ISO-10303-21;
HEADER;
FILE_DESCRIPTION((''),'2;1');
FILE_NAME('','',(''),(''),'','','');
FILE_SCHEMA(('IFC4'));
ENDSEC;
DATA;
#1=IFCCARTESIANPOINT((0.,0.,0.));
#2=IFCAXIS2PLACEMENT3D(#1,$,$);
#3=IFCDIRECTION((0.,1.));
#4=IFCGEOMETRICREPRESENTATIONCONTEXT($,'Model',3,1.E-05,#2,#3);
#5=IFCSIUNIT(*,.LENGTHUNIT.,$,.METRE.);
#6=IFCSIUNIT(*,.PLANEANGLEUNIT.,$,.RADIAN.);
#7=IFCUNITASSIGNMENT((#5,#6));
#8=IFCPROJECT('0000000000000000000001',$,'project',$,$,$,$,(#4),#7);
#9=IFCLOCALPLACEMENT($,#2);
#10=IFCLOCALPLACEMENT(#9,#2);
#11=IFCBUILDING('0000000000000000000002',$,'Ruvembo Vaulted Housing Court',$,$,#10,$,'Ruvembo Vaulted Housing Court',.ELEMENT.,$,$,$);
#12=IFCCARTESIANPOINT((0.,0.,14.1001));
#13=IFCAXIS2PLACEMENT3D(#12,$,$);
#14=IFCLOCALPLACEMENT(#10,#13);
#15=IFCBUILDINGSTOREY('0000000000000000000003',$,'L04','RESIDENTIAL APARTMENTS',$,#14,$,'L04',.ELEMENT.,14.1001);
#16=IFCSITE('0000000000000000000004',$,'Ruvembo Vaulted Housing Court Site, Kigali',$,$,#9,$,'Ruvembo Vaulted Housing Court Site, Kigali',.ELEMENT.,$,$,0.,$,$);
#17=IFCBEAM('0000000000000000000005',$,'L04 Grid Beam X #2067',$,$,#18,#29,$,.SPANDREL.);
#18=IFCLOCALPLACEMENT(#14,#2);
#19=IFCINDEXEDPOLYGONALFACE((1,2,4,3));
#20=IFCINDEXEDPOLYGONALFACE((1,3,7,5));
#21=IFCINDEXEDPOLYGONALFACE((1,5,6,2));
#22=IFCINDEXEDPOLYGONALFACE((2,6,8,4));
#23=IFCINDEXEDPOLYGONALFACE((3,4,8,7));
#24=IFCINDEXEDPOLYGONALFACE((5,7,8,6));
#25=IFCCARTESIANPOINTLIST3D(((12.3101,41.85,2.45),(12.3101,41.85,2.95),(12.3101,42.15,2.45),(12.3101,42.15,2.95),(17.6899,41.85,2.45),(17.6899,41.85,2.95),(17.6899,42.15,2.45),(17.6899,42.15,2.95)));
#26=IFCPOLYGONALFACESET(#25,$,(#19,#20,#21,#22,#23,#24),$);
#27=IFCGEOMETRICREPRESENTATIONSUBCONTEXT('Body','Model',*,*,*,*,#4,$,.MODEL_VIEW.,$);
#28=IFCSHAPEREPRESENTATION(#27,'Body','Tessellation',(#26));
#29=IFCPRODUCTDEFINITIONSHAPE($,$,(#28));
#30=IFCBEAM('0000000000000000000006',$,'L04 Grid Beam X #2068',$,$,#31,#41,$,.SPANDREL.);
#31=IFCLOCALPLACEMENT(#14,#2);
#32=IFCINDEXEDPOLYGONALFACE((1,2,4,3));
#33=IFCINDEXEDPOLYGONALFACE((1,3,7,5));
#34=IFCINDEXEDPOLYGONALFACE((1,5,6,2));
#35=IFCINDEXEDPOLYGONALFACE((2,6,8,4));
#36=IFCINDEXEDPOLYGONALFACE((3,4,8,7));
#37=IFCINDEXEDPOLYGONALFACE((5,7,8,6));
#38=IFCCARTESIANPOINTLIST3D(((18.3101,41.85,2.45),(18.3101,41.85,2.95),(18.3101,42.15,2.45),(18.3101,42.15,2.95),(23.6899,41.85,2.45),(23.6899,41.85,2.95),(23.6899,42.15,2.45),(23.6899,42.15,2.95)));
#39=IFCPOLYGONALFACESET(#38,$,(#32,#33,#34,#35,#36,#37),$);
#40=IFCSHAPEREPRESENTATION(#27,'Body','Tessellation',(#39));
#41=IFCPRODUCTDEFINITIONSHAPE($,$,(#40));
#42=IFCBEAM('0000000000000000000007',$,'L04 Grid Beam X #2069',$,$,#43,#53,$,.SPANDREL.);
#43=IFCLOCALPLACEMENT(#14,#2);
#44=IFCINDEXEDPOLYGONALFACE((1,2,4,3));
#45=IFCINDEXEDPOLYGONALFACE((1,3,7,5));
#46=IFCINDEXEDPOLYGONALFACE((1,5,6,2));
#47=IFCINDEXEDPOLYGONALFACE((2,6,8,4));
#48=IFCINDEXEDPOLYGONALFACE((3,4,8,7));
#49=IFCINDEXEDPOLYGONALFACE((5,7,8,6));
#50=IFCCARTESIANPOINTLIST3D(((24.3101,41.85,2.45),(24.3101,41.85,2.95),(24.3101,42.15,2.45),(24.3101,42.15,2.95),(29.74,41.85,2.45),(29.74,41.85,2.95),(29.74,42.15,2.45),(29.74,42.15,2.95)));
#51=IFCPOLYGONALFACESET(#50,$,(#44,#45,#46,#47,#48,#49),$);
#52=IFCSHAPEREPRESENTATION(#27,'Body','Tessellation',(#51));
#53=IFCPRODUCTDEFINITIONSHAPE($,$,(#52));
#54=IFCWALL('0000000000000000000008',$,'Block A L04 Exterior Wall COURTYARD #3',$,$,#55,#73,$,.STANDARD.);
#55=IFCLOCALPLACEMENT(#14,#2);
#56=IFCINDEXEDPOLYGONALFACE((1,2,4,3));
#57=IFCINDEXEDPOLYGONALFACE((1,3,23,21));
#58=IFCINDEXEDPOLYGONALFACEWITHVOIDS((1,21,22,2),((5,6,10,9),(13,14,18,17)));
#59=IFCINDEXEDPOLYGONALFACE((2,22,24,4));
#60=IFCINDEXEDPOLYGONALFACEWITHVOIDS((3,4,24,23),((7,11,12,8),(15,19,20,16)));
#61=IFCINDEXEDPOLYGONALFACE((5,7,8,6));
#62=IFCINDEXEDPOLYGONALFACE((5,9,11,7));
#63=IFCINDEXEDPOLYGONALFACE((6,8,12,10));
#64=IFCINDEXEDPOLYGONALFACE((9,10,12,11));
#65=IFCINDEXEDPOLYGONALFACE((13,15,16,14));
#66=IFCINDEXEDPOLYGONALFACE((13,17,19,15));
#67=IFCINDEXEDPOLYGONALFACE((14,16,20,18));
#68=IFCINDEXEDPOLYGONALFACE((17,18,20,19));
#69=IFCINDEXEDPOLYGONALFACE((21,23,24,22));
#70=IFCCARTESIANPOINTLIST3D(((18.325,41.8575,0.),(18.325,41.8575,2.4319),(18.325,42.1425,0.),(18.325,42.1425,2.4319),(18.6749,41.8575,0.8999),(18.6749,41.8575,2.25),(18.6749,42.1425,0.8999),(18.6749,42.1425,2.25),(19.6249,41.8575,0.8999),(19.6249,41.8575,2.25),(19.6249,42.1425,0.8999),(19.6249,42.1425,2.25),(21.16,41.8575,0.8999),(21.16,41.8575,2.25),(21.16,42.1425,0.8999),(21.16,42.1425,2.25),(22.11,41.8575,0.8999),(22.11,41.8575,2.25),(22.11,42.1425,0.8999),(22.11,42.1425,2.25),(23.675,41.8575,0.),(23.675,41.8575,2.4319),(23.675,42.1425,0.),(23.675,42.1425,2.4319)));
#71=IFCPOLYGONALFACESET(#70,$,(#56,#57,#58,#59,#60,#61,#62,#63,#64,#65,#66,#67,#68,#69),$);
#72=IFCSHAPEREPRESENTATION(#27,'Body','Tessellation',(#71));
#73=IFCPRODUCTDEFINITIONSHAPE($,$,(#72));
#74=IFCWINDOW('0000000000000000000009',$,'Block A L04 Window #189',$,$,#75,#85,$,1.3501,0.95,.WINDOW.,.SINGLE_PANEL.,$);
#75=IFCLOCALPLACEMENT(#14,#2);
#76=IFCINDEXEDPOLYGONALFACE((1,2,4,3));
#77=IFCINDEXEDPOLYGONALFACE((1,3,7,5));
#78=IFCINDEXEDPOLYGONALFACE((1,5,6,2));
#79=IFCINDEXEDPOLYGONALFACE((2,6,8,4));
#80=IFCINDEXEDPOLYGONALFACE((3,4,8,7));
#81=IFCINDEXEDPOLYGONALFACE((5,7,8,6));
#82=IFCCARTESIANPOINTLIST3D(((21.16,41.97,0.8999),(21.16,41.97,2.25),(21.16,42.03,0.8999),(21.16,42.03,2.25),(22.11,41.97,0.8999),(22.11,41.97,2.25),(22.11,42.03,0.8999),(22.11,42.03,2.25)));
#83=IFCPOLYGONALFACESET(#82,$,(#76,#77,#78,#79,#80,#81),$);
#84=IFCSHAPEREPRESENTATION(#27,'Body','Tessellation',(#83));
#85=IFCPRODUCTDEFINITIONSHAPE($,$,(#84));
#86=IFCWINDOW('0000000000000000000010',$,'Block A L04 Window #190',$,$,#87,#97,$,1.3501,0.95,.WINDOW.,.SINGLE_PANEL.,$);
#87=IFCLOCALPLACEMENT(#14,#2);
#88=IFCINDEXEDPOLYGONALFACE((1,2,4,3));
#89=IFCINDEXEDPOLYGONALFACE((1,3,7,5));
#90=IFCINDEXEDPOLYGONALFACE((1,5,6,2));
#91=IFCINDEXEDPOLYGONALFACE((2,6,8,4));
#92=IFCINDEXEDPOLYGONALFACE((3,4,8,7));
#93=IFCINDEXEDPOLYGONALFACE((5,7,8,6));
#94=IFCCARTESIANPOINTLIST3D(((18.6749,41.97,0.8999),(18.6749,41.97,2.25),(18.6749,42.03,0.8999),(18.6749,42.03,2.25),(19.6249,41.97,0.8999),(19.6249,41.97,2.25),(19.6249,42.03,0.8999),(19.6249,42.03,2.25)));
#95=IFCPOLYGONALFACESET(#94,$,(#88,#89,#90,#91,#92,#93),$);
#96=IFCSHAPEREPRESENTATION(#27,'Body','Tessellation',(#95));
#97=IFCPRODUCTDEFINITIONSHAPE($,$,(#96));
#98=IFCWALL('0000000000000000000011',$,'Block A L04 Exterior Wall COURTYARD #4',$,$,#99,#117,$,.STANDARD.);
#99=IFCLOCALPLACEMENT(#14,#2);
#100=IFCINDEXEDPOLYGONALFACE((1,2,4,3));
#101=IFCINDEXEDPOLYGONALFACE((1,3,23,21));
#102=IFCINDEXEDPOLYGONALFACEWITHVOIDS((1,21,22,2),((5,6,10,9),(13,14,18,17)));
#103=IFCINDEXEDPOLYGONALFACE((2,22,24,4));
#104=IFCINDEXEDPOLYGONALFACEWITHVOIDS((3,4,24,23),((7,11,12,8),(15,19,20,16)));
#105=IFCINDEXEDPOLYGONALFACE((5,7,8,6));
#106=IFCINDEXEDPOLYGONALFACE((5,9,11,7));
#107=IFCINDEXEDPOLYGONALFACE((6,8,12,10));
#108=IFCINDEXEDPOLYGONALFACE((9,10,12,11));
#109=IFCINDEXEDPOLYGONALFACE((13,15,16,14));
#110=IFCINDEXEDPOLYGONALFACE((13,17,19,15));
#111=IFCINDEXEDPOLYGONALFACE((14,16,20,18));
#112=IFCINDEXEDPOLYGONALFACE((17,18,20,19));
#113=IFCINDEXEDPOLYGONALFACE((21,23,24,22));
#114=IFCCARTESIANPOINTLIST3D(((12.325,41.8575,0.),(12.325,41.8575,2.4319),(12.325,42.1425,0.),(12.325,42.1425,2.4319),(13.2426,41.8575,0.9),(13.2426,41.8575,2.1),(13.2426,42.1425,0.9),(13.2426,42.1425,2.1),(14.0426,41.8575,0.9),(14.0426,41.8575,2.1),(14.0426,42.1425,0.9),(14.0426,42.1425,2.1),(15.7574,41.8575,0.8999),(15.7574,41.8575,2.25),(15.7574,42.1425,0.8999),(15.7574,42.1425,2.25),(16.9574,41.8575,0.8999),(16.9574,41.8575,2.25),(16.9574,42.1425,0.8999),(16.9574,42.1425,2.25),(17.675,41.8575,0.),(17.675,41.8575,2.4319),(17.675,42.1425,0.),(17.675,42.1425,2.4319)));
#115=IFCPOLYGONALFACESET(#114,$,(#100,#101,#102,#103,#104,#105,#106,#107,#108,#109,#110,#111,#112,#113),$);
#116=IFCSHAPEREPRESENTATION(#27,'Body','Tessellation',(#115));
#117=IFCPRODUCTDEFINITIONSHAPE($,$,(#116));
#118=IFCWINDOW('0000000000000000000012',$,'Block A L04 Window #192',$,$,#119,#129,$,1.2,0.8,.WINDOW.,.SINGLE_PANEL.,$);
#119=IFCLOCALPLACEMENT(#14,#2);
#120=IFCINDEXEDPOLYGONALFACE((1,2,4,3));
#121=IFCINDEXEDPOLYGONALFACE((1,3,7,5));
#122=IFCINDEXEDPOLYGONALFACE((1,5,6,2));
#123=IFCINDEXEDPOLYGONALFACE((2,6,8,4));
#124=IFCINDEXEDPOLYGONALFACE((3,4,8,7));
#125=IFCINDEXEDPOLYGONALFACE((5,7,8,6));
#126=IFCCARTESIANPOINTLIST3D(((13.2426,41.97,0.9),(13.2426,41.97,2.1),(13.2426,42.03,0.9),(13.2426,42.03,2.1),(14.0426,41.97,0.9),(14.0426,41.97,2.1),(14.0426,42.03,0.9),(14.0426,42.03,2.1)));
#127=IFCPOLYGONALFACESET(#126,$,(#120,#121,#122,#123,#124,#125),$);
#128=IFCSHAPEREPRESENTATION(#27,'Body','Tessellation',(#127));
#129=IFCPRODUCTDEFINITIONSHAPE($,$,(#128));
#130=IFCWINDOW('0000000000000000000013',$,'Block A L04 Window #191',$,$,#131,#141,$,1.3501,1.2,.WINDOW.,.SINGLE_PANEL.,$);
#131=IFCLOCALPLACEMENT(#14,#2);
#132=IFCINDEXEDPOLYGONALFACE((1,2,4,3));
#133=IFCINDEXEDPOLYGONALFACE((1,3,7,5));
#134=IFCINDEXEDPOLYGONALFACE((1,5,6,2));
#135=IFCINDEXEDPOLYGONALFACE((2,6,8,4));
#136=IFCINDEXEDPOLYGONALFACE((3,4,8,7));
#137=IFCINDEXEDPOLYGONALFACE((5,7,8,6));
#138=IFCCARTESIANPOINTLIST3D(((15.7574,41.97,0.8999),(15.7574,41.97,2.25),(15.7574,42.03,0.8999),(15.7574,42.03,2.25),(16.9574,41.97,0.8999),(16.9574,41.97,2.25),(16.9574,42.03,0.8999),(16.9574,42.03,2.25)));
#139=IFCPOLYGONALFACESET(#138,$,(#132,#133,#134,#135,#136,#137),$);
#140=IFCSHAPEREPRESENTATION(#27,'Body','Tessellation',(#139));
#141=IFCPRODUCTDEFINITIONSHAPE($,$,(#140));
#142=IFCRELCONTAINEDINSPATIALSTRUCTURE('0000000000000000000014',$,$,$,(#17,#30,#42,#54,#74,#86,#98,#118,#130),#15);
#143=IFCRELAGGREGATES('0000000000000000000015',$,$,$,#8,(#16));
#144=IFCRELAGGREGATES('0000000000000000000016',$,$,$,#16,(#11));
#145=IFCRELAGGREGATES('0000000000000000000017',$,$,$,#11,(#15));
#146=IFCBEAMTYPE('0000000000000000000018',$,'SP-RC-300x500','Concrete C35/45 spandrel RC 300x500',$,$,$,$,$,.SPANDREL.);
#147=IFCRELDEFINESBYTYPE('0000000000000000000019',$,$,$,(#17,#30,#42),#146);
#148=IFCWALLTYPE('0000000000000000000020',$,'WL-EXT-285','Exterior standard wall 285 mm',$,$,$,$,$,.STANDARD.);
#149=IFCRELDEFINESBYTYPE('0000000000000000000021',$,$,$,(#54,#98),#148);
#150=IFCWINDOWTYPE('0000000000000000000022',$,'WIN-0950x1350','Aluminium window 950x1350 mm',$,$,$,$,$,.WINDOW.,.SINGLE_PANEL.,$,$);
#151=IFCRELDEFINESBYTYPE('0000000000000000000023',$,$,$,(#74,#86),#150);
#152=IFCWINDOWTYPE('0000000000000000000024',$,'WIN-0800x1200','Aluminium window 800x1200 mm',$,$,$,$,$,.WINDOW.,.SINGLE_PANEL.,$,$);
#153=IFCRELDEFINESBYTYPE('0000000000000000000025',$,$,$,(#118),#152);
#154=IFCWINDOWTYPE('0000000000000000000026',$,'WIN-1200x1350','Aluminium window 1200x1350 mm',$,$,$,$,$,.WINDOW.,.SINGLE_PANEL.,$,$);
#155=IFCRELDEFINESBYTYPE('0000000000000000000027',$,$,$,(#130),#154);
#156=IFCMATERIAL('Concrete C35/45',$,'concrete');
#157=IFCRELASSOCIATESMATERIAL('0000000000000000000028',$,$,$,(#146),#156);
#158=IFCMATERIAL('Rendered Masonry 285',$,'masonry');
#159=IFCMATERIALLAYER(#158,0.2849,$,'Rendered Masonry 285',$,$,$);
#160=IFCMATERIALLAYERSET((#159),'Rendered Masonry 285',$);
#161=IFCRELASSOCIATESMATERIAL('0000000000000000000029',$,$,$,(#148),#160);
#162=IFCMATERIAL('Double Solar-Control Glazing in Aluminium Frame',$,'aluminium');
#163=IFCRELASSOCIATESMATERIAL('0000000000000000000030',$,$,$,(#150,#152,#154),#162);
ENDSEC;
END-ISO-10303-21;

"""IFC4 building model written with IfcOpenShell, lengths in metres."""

from ifc_helpers import new_model, si_unit, direction, frame, frame_2d, origin, origin_2d, place, context, subcontext, project, spatial, rectangle, extrude, material, layer, layer_set, material_profile, profile_set, type_object, element, fill, save


model = new_model("IFC4")

# Units and contexts
model_context = context("Model", 3, precision=1e-05, world=origin(), true_north=direction((0.0, 1.0)))
body_context = subcontext(model_context, "Body", "Model", "MODEL_VIEW")
ifc_project = project(units=[si_unit("LENGTHUNIT", "METRE"), si_unit("PLANEANGLEUNIT", "RADIAN")], contexts=[model_context])

# Site, building, storey
site_placement = place(None, origin())
site = spatial("IfcSite", under=ifc_project, at=site_placement, Name="Ruvembo Vaulted Housing Court Site, Kigali", LongName="Ruvembo Vaulted Housing Court Site, Kigali", CompositionType="ELEMENT", RefElevation=0.0)
building_placement = place(site_placement, origin())
building = spatial("IfcBuilding", under=site, at=building_placement, Name="Ruvembo Vaulted Housing Court", LongName="Ruvembo Vaulted Housing Court", CompositionType="ELEMENT")
storey_placement = place(building_placement, frame((0.0, 0.0, 14.1001)))
storey = spatial("IfcBuildingStorey", under=building, at=storey_placement, Name="L04", Description="RESIDENTIAL APARTMENTS", LongName="L04", CompositionType="ELEMENT", Elevation=14.1001)

# Beams
ifc_material_1 = material(Name="Concrete C35/45", Category="concrete")
ifc_material_profile_1 = material_profile(ifc_material_1, rectangle(XDim=0.3, YDim=0.5, at=origin_2d()), Name="RC 300x500")
ifc_profile_set_1 = profile_set([ifc_material_profile_1], Name="Concrete C35/45")
beam_type_1 = type_object("IfcBeamType", Name="SP-RC-300x500", Description="Concrete C35/45 spandrel RC 300x500", PredefinedType="SPANDREL", material=ifc_profile_set_1)
for number, where, z_axis, x_axis, name in (
    (1, (12.3101, 42.0, 2.7), (1.0, 0.0, 0.0), (0.0, 1.0, 0.0), "L04 Grid Beam X #2067"),
    (2, (18.3101, 42.0, 2.7), (1.0, 0.0, 0.0), (0.0, 1.0, 0.0), "L04 Grid Beam X #2068"),
):
    element("IfcBeam", number, at=place(storey_placement, frame(where, z_axis=z_axis, x_axis=x_axis)), inside=storey, type_object=beam_type_1, Name=name, PredefinedType="SPANDREL", context=body_context, shape_type="SweptSolid", body=[
        extrude(rectangle(XDim=0.3, YDim=0.5, at=origin_2d()), origin(), (0.0, 0.0, 1.0), 5.3799),
    ])
beam_1_placement = place(storey_placement, frame((24.3101, 42.0, 2.7), z_axis=(1.0, 0.0, 0.0), x_axis=(0.0, 1.0, 0.0)))
element("IfcBeam", 3, at=beam_1_placement, inside=storey, type_object=beam_type_1, Name="L04 Grid Beam X #2069", PredefinedType="SPANDREL", context=body_context, shape_type="SweptSolid", body=[
    extrude(rectangle(XDim=0.3, YDim=0.5, at=origin_2d()), origin(), (0.0, 0.0, 1.0), 5.4299),
])

# Walls, openings, windows
ifc_material_2 = material(Name="Rendered Masonry 285", Category="masonry")
ifc_layer_1 = layer(ifc_material_2, 0.2849, Name="Rendered Masonry 285")
ifc_layer_set_1 = layer_set([ifc_layer_1], Name="Rendered Masonry 285")
wall_type_1 = type_object("IfcWallType", Name="WL-EXT-285", Description="Exterior standard wall 285 mm", PredefinedType="STANDARD", material=ifc_layer_set_1)
wall_1_placement = place(storey_placement, frame((23.675, 42.0, 0.0), z_axis=(0.0, 0.0, 1.0), x_axis=(-1.0, 0.0, 0.0)))
wall_1 = element("IfcWall", 4, at=wall_1_placement, inside=storey, type_object=wall_type_1, Name="Block A L04 Exterior Wall COURTYARD #3", PredefinedType="STANDARD", context=body_context, shape_type="SweptSolid", body=[
    extrude(rectangle(XDim=5.3501, YDim=0.2849, at=frame_2d((2.675, 0.0))), origin(), (0.0, 0.0, 1.0), 2.4319),
])
opening_1_placement = place(wall_1_placement, frame((1.5649, 0.0, 0.8999)))
opening_1 = element("IfcOpeningElement", 5, at=opening_1_placement, cuts=wall_1, PredefinedType="OPENING", context=body_context, shape_type="SweptSolid", body=[
    extrude(rectangle(XDim=0.95, YDim=1.3501, at=frame_2d((0.4751, 0.675))), frame((0.0, 0.1523, 0.0), z_axis=(0.0, -1.0, 0.0), x_axis=(1.0, 0.0, 0.0)), (0.0, 0.0, 1.0), 0.3049),
])
opening_2_placement = place(wall_1_placement, frame((4.05, 0.0, 0.8999)))
opening_2 = element("IfcOpeningElement", 6, at=opening_2_placement, cuts=wall_1, PredefinedType="OPENING", context=body_context, shape_type="SweptSolid", body=[
    extrude(rectangle(XDim=0.95, YDim=1.3501, at=frame_2d((0.4751, 0.675))), frame((0.0, 0.1523, 0.0), z_axis=(0.0, -1.0, 0.0), x_axis=(1.0, 0.0, 0.0)), (0.0, 0.0, 1.0), 0.3049),
])
ifc_material_3 = material(Name="Double Solar-Control Glazing in Aluminium Frame", Category="aluminium")
window_type_1 = type_object("IfcWindowType", Name="WIN-0950x1350", Description="Aluminium window 950x1350 mm", PartitioningType="SINGLE_PANEL", PredefinedType="WINDOW", material=ifc_material_3)
window_1_placement = place(opening_1_placement, origin())
window_1 = element("IfcWindow", 7, at=window_1_placement, inside=storey, type_object=window_type_1, Name="Block A L04 Window #189", OverallHeight=1.3501, OverallWidth=0.95, PartitioningType="SINGLE_PANEL", PredefinedType="WINDOW", context=body_context, shape_type="SweptSolid", body=[
    extrude(rectangle(XDim=0.95, YDim=1.3501, at=frame_2d((0.4751, 0.675))), frame((0.0, 0.03, 0.0), z_axis=(0.0, -1.0, 0.0), x_axis=(1.0, 0.0, 0.0)), (0.0, 0.0, 1.0), 0.0601),
])
fill(opening_1, window_1)
window_2_placement = place(opening_2_placement, origin())
window_2 = element("IfcWindow", 8, at=window_2_placement, inside=storey, type_object=window_type_1, Name="Block A L04 Window #190", OverallHeight=1.3501, OverallWidth=0.95, PartitioningType="SINGLE_PANEL", PredefinedType="WINDOW", context=body_context, shape_type="SweptSolid", body=[
    extrude(rectangle(XDim=0.95, YDim=1.3501, at=frame_2d((0.4751, 0.675))), frame((0.0, 0.03, 0.0), z_axis=(0.0, -1.0, 0.0), x_axis=(1.0, 0.0, 0.0)), (0.0, 0.0, 1.0), 0.0601),
])
fill(opening_2, window_2)
wall_2_placement = place(storey_placement, frame((17.675, 42.0, 0.0), z_axis=(0.0, 0.0, 1.0), x_axis=(-1.0, 0.0, 0.0)))
wall_2 = element("IfcWall", 9, at=wall_2_placement, inside=storey, type_object=wall_type_1, Name="Block A L04 Exterior Wall COURTYARD #4", PredefinedType="STANDARD", context=body_context, shape_type="SweptSolid", body=[
    extrude(rectangle(XDim=5.3501, YDim=0.2849, at=frame_2d((2.675, 0.0))), origin(), (0.0, 0.0, 1.0), 2.4319),
])
opening_3_placement = place(wall_2_placement, frame((0.7175, 0.0, 0.8999)))
opening_3 = element("IfcOpeningElement", 10, at=opening_3_placement, cuts=wall_2, PredefinedType="OPENING", context=body_context, shape_type="SweptSolid", body=[
    extrude(rectangle(XDim=1.2, YDim=1.3501, at=frame_2d((0.6001, 0.675))), frame((0.0, 0.1523, 0.0), z_axis=(0.0, -1.0, 0.0), x_axis=(1.0, 0.0, 0.0)), (0.0, 0.0, 1.0), 0.3049),
])
opening_4_placement = place(wall_2_placement, frame((3.6326, 0.0, 0.8999)))
opening_4 = element("IfcOpeningElement", 11, at=opening_4_placement, cuts=wall_2, PredefinedType="OPENING", context=body_context, shape_type="SweptSolid", body=[
    extrude(rectangle(XDim=0.8, YDim=1.2, at=frame_2d((0.3999, 0.6001))), frame((0.0, 0.1523, 0.0), z_axis=(0.0, -1.0, 0.0), x_axis=(1.0, 0.0, 0.0)), (0.0, 0.0, 1.0), 0.3049),
])
window_type_2 = type_object("IfcWindowType", Name="WIN-0800x1200", Description="Aluminium window 800x1200 mm", PartitioningType="SINGLE_PANEL", PredefinedType="WINDOW", material=ifc_material_3)
window_3_placement = place(opening_4_placement, origin())
window_3 = element("IfcWindow", 12, at=window_3_placement, inside=storey, type_object=window_type_2, Name="Block A L04 Window #192", OverallHeight=1.2, OverallWidth=0.8, PartitioningType="SINGLE_PANEL", PredefinedType="WINDOW", context=body_context, shape_type="SweptSolid", body=[
    extrude(rectangle(XDim=0.8, YDim=1.2, at=frame_2d((0.3999, 0.6001))), frame((0.0, 0.03, 0.0), z_axis=(0.0, -1.0, 0.0), x_axis=(1.0, 0.0, 0.0)), (0.0, 0.0, 1.0), 0.0601),
])
fill(opening_4, window_3)
window_type_3 = type_object("IfcWindowType", Name="WIN-1200x1350", Description="Aluminium window 1200x1350 mm", PartitioningType="SINGLE_PANEL", PredefinedType="WINDOW", material=ifc_material_3)
window_4_placement = place(opening_3_placement, origin())
window_4 = element("IfcWindow", 13, at=window_4_placement, inside=storey, type_object=window_type_3, Name="Block A L04 Window #191", OverallHeight=1.3501, OverallWidth=1.2, PartitioningType="SINGLE_PANEL", PredefinedType="WINDOW", context=body_context, shape_type="SweptSolid", body=[
    extrude(rectangle(XDim=1.2, YDim=1.3501, at=frame_2d((0.6001, 0.675))), frame((0.0, 0.03, 0.0), z_axis=(0.0, -1.0, 0.0), x_axis=(1.0, 0.0, 0.0)), (0.0, 0.0, 1.0), 0.0601),
])
fill(opening_3, window_4)

save(model, "model.ifc")
